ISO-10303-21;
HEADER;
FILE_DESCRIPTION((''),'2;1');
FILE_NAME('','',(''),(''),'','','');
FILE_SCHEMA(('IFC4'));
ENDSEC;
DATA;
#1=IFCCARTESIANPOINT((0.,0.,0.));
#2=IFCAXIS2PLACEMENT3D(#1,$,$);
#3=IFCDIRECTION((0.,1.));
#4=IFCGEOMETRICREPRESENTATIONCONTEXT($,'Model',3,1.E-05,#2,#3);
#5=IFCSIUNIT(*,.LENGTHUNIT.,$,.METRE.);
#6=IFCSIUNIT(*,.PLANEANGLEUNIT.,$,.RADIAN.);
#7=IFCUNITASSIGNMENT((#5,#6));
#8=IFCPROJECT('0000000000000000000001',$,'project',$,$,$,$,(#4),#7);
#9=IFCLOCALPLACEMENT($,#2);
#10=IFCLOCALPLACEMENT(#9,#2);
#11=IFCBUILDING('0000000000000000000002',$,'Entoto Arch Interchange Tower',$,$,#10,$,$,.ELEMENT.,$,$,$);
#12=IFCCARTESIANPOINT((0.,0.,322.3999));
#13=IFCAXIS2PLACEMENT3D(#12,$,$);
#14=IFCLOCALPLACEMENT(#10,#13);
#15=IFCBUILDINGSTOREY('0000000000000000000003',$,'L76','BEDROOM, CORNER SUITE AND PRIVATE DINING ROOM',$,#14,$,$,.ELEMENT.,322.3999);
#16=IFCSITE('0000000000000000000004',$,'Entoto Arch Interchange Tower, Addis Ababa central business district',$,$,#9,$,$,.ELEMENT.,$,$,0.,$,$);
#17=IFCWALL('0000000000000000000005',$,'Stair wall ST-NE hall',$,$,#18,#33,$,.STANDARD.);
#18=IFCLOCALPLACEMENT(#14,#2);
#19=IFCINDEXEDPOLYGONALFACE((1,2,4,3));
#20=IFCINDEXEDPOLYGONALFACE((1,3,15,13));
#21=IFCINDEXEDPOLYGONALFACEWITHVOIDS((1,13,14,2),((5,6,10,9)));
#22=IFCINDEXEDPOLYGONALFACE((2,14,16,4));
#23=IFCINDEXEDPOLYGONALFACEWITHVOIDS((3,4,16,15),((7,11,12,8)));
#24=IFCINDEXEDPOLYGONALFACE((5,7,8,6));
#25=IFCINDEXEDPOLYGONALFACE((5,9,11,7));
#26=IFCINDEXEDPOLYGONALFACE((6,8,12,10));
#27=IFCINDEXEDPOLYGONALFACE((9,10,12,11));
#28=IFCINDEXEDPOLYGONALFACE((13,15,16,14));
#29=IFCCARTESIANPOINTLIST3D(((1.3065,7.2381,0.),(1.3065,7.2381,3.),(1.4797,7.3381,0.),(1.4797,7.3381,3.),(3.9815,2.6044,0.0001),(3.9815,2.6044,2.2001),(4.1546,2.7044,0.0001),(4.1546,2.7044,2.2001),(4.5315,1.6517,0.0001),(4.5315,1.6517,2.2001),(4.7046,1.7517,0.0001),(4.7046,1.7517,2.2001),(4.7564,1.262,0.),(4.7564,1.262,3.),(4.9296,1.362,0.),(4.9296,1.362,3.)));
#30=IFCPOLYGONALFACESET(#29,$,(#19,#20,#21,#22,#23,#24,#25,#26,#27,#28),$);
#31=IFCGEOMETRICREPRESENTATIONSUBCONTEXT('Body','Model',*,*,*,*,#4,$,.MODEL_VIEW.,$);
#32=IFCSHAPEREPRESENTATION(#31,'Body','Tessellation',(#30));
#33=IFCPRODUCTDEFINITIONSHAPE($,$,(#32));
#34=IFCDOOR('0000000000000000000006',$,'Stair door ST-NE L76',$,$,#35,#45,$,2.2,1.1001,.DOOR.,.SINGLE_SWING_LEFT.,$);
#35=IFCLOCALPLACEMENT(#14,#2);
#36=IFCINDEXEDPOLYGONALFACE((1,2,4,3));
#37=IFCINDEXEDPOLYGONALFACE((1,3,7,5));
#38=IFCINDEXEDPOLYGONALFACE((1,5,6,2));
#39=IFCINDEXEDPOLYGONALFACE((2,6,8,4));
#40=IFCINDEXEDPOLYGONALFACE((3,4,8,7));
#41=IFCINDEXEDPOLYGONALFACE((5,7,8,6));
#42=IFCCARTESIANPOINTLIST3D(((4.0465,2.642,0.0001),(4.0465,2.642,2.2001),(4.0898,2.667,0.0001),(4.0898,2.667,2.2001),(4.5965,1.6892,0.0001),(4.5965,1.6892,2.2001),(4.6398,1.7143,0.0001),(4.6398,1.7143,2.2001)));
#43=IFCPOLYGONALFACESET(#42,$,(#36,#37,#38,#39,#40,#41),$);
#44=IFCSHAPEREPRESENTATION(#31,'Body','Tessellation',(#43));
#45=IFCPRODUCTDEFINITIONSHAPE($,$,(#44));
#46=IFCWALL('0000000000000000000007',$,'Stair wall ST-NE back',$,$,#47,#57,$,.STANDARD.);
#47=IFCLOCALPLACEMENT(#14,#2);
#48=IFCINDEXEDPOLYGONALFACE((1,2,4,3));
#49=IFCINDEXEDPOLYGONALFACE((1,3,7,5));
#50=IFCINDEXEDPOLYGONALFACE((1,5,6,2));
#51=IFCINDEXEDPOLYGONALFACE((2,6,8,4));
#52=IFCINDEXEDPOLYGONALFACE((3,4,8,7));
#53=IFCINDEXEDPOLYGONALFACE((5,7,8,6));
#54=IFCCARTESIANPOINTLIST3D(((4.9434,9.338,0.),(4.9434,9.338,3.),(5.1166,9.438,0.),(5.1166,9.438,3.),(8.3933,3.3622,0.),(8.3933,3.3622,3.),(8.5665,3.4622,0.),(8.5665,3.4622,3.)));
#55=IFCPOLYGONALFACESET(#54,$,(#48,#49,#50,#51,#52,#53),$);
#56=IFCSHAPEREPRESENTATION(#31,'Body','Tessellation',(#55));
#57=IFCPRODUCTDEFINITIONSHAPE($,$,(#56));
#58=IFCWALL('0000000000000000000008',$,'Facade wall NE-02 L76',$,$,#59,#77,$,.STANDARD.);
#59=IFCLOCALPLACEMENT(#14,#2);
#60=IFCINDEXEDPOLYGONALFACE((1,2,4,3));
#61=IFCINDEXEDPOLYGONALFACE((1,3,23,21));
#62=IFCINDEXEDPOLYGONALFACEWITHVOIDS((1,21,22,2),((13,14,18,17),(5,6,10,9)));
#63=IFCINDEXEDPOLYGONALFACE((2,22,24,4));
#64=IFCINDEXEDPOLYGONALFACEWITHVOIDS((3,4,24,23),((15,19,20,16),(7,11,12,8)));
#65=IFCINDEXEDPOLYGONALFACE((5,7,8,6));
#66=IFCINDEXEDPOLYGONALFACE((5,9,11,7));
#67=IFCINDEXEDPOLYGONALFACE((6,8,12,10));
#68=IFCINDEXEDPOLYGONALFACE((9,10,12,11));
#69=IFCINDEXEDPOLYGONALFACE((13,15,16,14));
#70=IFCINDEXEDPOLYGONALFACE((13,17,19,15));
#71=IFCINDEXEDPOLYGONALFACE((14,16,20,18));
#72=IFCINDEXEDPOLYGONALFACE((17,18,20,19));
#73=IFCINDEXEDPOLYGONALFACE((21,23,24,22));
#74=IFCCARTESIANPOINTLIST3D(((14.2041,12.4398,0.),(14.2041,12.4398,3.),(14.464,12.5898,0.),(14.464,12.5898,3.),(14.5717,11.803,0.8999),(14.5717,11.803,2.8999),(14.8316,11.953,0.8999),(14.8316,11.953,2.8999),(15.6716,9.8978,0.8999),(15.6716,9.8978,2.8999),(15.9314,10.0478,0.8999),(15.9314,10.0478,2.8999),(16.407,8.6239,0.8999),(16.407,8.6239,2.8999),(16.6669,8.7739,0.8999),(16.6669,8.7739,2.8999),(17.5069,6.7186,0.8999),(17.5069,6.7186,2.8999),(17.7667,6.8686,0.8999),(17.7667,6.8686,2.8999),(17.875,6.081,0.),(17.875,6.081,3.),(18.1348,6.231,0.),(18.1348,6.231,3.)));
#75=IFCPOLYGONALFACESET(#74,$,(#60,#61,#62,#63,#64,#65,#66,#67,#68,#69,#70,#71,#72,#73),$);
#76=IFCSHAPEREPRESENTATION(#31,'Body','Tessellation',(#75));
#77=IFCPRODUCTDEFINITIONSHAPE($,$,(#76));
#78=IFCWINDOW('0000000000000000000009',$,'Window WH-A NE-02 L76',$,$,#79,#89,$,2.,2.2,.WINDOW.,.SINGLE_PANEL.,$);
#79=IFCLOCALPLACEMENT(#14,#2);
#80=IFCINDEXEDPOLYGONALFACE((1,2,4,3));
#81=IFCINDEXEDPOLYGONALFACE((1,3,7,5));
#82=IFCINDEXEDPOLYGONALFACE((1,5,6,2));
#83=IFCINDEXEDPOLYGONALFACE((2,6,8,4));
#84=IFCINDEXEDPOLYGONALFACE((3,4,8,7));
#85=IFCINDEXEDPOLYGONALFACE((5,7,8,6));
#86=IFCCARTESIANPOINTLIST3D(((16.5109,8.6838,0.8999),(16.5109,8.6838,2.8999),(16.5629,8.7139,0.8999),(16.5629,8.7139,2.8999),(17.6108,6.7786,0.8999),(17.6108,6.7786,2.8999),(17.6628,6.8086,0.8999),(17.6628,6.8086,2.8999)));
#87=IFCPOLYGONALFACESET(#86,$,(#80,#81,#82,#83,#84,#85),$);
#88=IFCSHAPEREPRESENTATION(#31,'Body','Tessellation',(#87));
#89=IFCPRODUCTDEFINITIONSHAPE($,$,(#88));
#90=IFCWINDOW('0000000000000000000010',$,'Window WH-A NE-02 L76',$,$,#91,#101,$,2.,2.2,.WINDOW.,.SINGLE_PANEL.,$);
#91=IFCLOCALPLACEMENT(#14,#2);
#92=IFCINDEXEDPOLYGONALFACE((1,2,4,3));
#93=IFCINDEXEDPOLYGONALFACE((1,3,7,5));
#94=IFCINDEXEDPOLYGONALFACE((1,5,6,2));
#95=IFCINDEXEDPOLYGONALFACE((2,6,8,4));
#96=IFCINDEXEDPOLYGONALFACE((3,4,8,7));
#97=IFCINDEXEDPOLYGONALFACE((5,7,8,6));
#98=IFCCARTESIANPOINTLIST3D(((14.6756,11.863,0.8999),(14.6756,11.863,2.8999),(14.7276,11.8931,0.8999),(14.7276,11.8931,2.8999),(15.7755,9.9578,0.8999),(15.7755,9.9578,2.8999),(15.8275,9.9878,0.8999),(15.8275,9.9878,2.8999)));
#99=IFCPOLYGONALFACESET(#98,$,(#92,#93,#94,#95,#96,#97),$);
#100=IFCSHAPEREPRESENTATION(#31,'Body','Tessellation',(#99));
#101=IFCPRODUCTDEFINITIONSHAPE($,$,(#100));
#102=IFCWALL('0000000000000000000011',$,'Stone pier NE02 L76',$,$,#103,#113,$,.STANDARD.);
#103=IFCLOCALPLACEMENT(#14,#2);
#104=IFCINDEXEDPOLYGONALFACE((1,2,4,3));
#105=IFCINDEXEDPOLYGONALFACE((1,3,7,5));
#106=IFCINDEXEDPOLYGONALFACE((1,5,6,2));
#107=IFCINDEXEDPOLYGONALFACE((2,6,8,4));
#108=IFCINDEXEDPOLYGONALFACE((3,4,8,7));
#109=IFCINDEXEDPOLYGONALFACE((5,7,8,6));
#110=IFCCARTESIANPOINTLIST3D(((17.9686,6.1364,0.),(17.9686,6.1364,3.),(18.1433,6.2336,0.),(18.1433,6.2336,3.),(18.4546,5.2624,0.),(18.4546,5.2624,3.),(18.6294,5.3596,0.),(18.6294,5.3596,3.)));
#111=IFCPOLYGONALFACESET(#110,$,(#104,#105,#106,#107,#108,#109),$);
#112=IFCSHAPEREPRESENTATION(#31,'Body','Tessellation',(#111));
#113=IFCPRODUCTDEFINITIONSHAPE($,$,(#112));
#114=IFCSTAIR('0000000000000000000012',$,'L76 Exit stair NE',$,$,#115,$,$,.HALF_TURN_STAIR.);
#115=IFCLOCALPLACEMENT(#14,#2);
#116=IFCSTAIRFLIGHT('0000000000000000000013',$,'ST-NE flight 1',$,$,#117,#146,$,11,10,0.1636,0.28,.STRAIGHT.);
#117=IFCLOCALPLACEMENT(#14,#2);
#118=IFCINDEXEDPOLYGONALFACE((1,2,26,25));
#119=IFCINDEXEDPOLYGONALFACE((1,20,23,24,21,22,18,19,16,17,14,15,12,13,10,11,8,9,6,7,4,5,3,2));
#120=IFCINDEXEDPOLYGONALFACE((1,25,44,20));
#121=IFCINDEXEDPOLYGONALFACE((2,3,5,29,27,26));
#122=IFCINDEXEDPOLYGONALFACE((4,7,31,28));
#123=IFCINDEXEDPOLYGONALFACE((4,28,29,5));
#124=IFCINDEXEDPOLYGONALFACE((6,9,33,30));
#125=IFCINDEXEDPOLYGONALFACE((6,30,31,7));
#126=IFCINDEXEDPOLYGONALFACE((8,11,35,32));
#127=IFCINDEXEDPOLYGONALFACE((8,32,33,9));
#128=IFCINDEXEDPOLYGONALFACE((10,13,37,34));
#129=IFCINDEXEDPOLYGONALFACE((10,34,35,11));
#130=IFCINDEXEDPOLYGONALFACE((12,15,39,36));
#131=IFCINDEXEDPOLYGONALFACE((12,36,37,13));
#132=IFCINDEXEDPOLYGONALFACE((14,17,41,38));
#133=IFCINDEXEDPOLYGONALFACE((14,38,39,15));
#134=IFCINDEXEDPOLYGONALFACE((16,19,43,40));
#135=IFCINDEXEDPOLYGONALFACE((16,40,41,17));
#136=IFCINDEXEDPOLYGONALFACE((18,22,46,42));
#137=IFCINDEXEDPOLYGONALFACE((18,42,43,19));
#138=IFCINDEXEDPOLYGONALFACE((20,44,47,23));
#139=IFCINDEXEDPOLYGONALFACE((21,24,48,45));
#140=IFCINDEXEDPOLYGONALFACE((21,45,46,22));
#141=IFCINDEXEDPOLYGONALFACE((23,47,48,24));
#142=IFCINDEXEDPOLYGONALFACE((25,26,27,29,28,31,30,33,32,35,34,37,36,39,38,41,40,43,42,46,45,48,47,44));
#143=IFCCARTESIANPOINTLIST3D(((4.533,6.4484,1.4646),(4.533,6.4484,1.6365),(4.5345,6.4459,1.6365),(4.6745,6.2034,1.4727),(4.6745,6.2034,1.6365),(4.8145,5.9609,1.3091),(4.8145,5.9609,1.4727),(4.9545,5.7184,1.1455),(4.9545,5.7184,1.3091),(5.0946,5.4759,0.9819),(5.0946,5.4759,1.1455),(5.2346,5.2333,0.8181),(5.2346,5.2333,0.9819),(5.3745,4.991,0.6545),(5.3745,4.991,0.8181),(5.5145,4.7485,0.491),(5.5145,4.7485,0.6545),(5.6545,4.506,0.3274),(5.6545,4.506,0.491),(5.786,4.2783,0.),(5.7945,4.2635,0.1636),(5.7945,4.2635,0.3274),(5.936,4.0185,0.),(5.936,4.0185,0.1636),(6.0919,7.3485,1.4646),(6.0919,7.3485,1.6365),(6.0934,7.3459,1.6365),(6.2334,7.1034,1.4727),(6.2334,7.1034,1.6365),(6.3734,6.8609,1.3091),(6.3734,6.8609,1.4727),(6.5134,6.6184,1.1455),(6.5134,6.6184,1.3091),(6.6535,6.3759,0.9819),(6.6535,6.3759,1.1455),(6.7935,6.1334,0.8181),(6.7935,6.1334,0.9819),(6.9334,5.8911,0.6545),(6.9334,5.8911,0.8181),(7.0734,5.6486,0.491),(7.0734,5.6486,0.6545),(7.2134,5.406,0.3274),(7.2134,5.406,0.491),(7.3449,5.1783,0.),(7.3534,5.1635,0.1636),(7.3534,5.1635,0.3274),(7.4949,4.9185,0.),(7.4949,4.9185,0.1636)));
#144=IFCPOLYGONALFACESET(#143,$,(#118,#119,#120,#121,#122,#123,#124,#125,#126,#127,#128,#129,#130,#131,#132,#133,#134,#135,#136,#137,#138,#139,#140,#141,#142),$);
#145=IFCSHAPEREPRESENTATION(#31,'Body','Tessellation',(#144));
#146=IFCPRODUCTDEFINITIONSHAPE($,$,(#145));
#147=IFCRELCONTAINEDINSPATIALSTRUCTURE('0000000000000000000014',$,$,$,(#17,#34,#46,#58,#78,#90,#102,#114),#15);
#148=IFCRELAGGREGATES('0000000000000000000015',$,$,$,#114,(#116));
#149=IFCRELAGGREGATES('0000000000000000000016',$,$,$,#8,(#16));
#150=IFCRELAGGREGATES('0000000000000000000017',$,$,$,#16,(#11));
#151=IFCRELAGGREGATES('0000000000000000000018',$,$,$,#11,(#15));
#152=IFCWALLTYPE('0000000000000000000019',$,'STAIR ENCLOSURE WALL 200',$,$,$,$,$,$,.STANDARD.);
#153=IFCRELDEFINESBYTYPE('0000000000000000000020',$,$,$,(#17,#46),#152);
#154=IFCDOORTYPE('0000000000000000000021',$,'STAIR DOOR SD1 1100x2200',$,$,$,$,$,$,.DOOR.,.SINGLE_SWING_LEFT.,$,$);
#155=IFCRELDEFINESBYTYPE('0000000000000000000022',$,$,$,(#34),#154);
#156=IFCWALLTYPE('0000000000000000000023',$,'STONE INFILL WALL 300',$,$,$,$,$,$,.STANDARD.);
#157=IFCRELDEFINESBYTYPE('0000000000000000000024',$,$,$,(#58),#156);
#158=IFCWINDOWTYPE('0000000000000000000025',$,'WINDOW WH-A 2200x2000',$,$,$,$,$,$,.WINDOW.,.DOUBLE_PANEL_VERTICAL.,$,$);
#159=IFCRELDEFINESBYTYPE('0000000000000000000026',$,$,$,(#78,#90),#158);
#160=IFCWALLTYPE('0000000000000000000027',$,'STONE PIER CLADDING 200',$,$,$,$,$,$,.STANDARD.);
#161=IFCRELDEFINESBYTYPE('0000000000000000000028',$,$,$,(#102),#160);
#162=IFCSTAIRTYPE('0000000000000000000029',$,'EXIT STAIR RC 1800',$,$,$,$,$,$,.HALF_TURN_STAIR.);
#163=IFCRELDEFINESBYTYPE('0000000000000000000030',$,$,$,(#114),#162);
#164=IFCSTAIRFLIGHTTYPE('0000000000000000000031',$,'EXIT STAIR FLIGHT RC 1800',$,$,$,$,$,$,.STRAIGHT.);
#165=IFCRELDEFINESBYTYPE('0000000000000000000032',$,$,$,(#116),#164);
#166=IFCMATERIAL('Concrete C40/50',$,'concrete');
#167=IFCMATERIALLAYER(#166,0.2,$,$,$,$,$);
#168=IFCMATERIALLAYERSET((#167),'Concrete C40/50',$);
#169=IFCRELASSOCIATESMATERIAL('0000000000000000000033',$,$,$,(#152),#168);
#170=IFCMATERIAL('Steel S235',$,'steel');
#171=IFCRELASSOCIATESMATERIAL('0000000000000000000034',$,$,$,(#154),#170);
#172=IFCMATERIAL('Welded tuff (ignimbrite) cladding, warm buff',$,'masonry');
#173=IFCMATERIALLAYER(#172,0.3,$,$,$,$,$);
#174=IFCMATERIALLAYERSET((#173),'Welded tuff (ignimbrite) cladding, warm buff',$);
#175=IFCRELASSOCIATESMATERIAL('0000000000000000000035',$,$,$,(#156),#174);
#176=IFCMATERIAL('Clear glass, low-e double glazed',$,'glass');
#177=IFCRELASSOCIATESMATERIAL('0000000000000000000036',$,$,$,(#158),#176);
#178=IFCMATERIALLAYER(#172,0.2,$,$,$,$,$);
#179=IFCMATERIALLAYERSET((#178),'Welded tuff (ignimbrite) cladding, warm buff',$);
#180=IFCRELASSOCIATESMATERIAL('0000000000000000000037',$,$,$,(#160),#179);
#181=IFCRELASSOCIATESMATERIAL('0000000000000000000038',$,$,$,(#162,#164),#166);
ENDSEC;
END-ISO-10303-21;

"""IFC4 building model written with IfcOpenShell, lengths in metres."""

from ifc_helpers import new_model, si_unit, direction, frame, frame_2d, origin, place, context, subcontext, project, spatial, polyline, rectangle, outline, extrude, material, layer, layer_set, type_object, element, fill, aggregate, save


model = new_model("IFC4")

# Units and contexts
model_context = context("Model", 3, precision=1e-05, world=origin(), true_north=direction((0.0, 1.0)))
body_context = subcontext(model_context, "Body", "Model", "MODEL_VIEW")
ifc_project = project(units=[si_unit("LENGTHUNIT", "METRE"), si_unit("PLANEANGLEUNIT", "RADIAN")], contexts=[model_context])

# Site, building, storey
site_placement = place(None, origin())
site = spatial("IfcSite", under=ifc_project, at=site_placement, Name="Entoto Arch Interchange Tower, Addis Ababa central business district", CompositionType="ELEMENT", RefElevation=0.0)
building_placement = place(site_placement, origin())
building = spatial("IfcBuilding", under=site, at=building_placement, Name="Entoto Arch Interchange Tower", CompositionType="ELEMENT")
storey_placement = place(building_placement, frame((0.0, 0.0, 322.3999)))
storey = spatial("IfcBuildingStorey", under=building, at=storey_placement, Name="L76", Description="BEDROOM, CORNER SUITE AND PRIVATE DINING ROOM", CompositionType="ELEMENT", Elevation=322.3999)

# Shared definitions
ifc_material_1 = material(Name="Concrete C40/50", Category="concrete")

# Wall, opening, door
ifc_layer_1 = layer(ifc_material_1, 0.2)
ifc_layer_set_1 = layer_set([ifc_layer_1], Name="Concrete C40/50")
wall_type_1 = type_object("IfcWallType", Name="STAIR ENCLOSURE WALL 200", PredefinedType="STANDARD", material=ifc_layer_set_1)
ifc_material_2 = material(Name="Steel S235", Category="steel")
door_type_1 = type_object("IfcDoorType", Name="STAIR DOOR SD1 1100x2200", OperationType="SINGLE_SWING_LEFT", PredefinedType="DOOR", material=ifc_material_2)
wall_1_placement = place(storey_placement, frame((4.843, 1.312, 0.0), z_axis=(0.0, 0.0, 1.0), x_axis=(-0.499963, 0.866047, 0.0)))
wall_1 = element("IfcWall", 1, at=wall_1_placement, inside=storey, type_object=wall_type_1, Name="Stair wall ST-NE hall", PredefinedType="STANDARD", context=body_context, shape_type="SweptSolid", body=[
    extrude(rectangle(XDim=6.9004, YDim=0.2, at=frame_2d((3.4502, 0.0))), origin(), (0.0, 0.0, 1.0), 3.0),
])
opening_1_placement = place(wall_1_placement, frame((0.45, 0.0, 0.0)))
opening_1 = element("IfcOpeningElement", 2, at=opening_1_placement, cuts=wall_1, PredefinedType="OPENING", context=body_context, shape_type="SweptSolid", body=[
    extrude(rectangle(XDim=1.1001, YDim=2.2, at=frame_2d((0.55, 1.1001))), frame((0.0, 0.1099, 0.0), z_axis=(0.0, -1.0, 0.0), x_axis=(1.0, 0.0, 0.0)), (0.0, 0.0, 1.0), 0.22),
])
door_1_placement = place(opening_1_placement, origin())
door_1 = element("IfcDoor", 3, at=door_1_placement, inside=storey, type_object=door_type_1, Name="Stair door ST-NE L76", OperationType="SINGLE_SWING_LEFT", OverallHeight=2.2, OverallWidth=1.1001, PredefinedType="DOOR", context=body_context, shape_type="SweptSolid", body=[
    extrude(rectangle(XDim=1.1001, YDim=2.2, at=frame_2d((0.55, 1.1001))), frame((0.0, 0.0249, 0.0), z_axis=(0.0, -1.0, 0.0), x_axis=(1.0, 0.0, 0.0)), (0.0, 0.0, 1.0), 0.05),
])
fill(opening_1, door_1)

# Wall
wall_2_placement = place(storey_placement, frame((8.48, 3.4121, 0.0), z_axis=(0.0, 0.0, 1.0), x_axis=(-0.499979, 0.866038, 0.0)))
element("IfcWall", 4, at=wall_2_placement, inside=storey, type_object=wall_type_1, Name="Stair wall ST-NE back", PredefinedType="STANDARD", context=body_context, shape_type="SweptSolid", body=[
    extrude(rectangle(XDim=6.9001, YDim=0.2, at=frame_2d((3.4502, 0.0))), origin(), (0.0, 0.0, 1.0), 3.0),
])

# Wall, openings, windows
ifc_material_3 = material(Name="Welded tuff (ignimbrite) cladding, warm buff", Category="masonry")
ifc_layer_2 = layer(ifc_material_3, 0.3)
ifc_layer_set_2 = layer_set([ifc_layer_2], Name="Welded tuff (ignimbrite) cladding, warm buff")
wall_type_2 = type_object("IfcWallType", Name="STONE INFILL WALL 300", PredefinedType="STANDARD", material=ifc_layer_set_2)
wall_3_placement = place(storey_placement, frame((18.0049, 6.156, 0.0), z_axis=(0.0, 0.0, 1.0), x_axis=(-0.499958, 0.866049, 0.0)))
wall_3 = element("IfcWall", 5, at=wall_3_placement, inside=storey, type_object=wall_type_2, Name="Facade wall NE-02 L76", PredefinedType="STANDARD", context=body_context, shape_type="SweptSolid", body=[
    extrude(rectangle(XDim=7.3423, YDim=0.3, at=frame_2d((3.6711, 0.0))), origin(), (0.0, 0.0, 1.0), 3.0),
])
opening_2_placement = place(wall_3_placement, frame((0.7361, 0.0, 0.8999)))
opening_2 = element("IfcOpeningElement", 6, at=opening_2_placement, cuts=wall_3, PredefinedType="OPENING", context=body_context, shape_type="SweptSolid", body=[
    extrude(rectangle(XDim=2.2, YDim=2.0, at=frame_2d((1.1001, 1.0))), frame((0.0, 0.1602, 0.0), z_axis=(0.0, -1.0, 0.0), x_axis=(1.0, 0.0, 0.0)), (0.0, 0.0, 1.0), 0.3201),
])
opening_3_placement = place(wall_3_placement, frame((4.407, 0.0, 0.8999)))
opening_3 = element("IfcOpeningElement", 7, at=opening_3_placement, cuts=wall_3, PredefinedType="OPENING", context=body_context, shape_type="SweptSolid", body=[
    extrude(rectangle(XDim=2.2, YDim=2.0, at=frame_2d((1.1001, 1.0))), frame((0.0, 0.1602, 0.0), z_axis=(0.0, -1.0, 0.0), x_axis=(1.0, 0.0, 0.0)), (0.0, 0.0, 1.0), 0.3201),
])
ifc_material_4 = material(Name="Clear glass, low-e double glazed", Category="glass")
window_type = type_object("IfcWindowType", Name="WINDOW WH-A 2200x2000", PartitioningType="DOUBLE_PANEL_VERTICAL", PredefinedType="WINDOW", material=ifc_material_4)
window_1_placement = place(opening_2_placement, origin())
window_1 = element("IfcWindow", 8, at=window_1_placement, inside=storey, type_object=window_type, Name="Window WH-A NE-02 L76", OverallHeight=2.0, OverallWidth=2.2, PartitioningType="SINGLE_PANEL", PredefinedType="WINDOW", context=body_context, shape_type="SweptSolid", body=[
    extrude(rectangle(XDim=2.2, YDim=2.0, at=frame_2d((1.1001, 1.0))), frame((0.0, 0.03, 0.0), z_axis=(0.0, -1.0, 0.0), x_axis=(1.0, 0.0, 0.0)), (0.0, 0.0, 1.0), 0.0601),
])
fill(opening_2, window_1)
window_2_placement = place(opening_3_placement, origin())
window_2 = element("IfcWindow", 9, at=window_2_placement, inside=storey, type_object=window_type, Name="Window WH-A NE-02 L76", OverallHeight=2.0, OverallWidth=2.2, PartitioningType="SINGLE_PANEL", PredefinedType="WINDOW", context=body_context, shape_type="SweptSolid", body=[
    extrude(rectangle(XDim=2.2, YDim=2.0, at=frame_2d((1.1001, 1.0))), frame((0.0, 0.03, 0.0), z_axis=(0.0, -1.0, 0.0), x_axis=(1.0, 0.0, 0.0)), (0.0, 0.0, 1.0), 0.0601),
])
fill(opening_3, window_2)

# Wall
ifc_layer_3 = layer(ifc_material_3, 0.2)
ifc_layer_set_3 = layer_set([ifc_layer_3], Name="Welded tuff (ignimbrite) cladding, warm buff")
wall_type_3 = type_object("IfcWallType", Name="STONE PIER CLADDING 200", PredefinedType="STANDARD", material=ifc_layer_set_3)
wall_4_placement = place(storey_placement, frame((18.542, 5.311, 0.0), z_axis=(0.0, 0.0, 1.0), x_axis=(-0.486037, 0.873938, 0.0)))
element("IfcWall", 10, at=wall_4_placement, inside=storey, type_object=wall_type_3, Name="Stone pier NE02 L76", PredefinedType="STANDARD", context=body_context, shape_type="SweptSolid", body=[
    extrude(rectangle(XDim=1.0, YDim=0.2, at=frame_2d((0.5, 0.0))), origin(), (0.0, 0.0, 1.0), 3.0),
])

# Stair, stair flight
stair_type = type_object("IfcStairType", Name="EXIT STAIR RC 1800", PredefinedType="HALF_TURN_STAIR", material=ifc_material_1)
stair_placement = place(storey_placement, origin())
stair = element("IfcStair", 11, at=stair_placement, inside=storey, type_object=stair_type, Name="L76 Exit stair NE", PredefinedType="HALF_TURN_STAIR")
stair_flight_type = type_object("IfcStairFlightType", Name="EXIT STAIR FLIGHT RC 1800", PredefinedType="STRAIGHT", material=ifc_material_1)
stair_flight_placement = place(storey_placement, frame((6.7139, 4.4709, 0.0), z_axis=(0.0, 0.0, 1.0), x_axis=(-0.5, 0.866025, 0.0)))
stair_flight = element("IfcStairFlight", 12, at=stair_flight_placement, type_object=stair_flight_type, Name="ST-NE flight 1", NumberOfRisers=11, NumberOfTreads=10, PredefinedType="STRAIGHT", RiserHeight=0.1636, TreadLength=0.28, context=body_context, shape_type="SweptSolid", body=[
    extrude(outline(polyline([(-0.0029, 0.0), (-0.0029, 0.1636), (0.28, 0.1636), (0.28, 0.3274), (0.5601, 0.3274), (0.5601, 0.491), (0.8401, 0.491), (0.8401, 0.6545), (1.1201, 0.6545), (1.1201, 0.8181), (1.3999, 0.8181), (1.3999, 0.9819), (1.6799, 0.9819), (1.6799, 1.1455), (1.96, 1.1455), (1.96, 1.3091), (2.24, 1.3091), (2.24, 1.4727), (2.52, 1.4727), (2.52, 1.6365), (2.8, 1.6365), (2.803, 1.6365), (2.803, 1.4646), (0.2971, 0.0), (-0.0029, 0.0)])), frame((0.0, 0.8999, 0.0), z_axis=(0.0, -1.0, 0.0), x_axis=(1.0, 0.0, 0.0)), (0.0, 0.0, 1.0), 1.8),
])
aggregate(stair, [stair_flight])

save(model, "model.ifc")
